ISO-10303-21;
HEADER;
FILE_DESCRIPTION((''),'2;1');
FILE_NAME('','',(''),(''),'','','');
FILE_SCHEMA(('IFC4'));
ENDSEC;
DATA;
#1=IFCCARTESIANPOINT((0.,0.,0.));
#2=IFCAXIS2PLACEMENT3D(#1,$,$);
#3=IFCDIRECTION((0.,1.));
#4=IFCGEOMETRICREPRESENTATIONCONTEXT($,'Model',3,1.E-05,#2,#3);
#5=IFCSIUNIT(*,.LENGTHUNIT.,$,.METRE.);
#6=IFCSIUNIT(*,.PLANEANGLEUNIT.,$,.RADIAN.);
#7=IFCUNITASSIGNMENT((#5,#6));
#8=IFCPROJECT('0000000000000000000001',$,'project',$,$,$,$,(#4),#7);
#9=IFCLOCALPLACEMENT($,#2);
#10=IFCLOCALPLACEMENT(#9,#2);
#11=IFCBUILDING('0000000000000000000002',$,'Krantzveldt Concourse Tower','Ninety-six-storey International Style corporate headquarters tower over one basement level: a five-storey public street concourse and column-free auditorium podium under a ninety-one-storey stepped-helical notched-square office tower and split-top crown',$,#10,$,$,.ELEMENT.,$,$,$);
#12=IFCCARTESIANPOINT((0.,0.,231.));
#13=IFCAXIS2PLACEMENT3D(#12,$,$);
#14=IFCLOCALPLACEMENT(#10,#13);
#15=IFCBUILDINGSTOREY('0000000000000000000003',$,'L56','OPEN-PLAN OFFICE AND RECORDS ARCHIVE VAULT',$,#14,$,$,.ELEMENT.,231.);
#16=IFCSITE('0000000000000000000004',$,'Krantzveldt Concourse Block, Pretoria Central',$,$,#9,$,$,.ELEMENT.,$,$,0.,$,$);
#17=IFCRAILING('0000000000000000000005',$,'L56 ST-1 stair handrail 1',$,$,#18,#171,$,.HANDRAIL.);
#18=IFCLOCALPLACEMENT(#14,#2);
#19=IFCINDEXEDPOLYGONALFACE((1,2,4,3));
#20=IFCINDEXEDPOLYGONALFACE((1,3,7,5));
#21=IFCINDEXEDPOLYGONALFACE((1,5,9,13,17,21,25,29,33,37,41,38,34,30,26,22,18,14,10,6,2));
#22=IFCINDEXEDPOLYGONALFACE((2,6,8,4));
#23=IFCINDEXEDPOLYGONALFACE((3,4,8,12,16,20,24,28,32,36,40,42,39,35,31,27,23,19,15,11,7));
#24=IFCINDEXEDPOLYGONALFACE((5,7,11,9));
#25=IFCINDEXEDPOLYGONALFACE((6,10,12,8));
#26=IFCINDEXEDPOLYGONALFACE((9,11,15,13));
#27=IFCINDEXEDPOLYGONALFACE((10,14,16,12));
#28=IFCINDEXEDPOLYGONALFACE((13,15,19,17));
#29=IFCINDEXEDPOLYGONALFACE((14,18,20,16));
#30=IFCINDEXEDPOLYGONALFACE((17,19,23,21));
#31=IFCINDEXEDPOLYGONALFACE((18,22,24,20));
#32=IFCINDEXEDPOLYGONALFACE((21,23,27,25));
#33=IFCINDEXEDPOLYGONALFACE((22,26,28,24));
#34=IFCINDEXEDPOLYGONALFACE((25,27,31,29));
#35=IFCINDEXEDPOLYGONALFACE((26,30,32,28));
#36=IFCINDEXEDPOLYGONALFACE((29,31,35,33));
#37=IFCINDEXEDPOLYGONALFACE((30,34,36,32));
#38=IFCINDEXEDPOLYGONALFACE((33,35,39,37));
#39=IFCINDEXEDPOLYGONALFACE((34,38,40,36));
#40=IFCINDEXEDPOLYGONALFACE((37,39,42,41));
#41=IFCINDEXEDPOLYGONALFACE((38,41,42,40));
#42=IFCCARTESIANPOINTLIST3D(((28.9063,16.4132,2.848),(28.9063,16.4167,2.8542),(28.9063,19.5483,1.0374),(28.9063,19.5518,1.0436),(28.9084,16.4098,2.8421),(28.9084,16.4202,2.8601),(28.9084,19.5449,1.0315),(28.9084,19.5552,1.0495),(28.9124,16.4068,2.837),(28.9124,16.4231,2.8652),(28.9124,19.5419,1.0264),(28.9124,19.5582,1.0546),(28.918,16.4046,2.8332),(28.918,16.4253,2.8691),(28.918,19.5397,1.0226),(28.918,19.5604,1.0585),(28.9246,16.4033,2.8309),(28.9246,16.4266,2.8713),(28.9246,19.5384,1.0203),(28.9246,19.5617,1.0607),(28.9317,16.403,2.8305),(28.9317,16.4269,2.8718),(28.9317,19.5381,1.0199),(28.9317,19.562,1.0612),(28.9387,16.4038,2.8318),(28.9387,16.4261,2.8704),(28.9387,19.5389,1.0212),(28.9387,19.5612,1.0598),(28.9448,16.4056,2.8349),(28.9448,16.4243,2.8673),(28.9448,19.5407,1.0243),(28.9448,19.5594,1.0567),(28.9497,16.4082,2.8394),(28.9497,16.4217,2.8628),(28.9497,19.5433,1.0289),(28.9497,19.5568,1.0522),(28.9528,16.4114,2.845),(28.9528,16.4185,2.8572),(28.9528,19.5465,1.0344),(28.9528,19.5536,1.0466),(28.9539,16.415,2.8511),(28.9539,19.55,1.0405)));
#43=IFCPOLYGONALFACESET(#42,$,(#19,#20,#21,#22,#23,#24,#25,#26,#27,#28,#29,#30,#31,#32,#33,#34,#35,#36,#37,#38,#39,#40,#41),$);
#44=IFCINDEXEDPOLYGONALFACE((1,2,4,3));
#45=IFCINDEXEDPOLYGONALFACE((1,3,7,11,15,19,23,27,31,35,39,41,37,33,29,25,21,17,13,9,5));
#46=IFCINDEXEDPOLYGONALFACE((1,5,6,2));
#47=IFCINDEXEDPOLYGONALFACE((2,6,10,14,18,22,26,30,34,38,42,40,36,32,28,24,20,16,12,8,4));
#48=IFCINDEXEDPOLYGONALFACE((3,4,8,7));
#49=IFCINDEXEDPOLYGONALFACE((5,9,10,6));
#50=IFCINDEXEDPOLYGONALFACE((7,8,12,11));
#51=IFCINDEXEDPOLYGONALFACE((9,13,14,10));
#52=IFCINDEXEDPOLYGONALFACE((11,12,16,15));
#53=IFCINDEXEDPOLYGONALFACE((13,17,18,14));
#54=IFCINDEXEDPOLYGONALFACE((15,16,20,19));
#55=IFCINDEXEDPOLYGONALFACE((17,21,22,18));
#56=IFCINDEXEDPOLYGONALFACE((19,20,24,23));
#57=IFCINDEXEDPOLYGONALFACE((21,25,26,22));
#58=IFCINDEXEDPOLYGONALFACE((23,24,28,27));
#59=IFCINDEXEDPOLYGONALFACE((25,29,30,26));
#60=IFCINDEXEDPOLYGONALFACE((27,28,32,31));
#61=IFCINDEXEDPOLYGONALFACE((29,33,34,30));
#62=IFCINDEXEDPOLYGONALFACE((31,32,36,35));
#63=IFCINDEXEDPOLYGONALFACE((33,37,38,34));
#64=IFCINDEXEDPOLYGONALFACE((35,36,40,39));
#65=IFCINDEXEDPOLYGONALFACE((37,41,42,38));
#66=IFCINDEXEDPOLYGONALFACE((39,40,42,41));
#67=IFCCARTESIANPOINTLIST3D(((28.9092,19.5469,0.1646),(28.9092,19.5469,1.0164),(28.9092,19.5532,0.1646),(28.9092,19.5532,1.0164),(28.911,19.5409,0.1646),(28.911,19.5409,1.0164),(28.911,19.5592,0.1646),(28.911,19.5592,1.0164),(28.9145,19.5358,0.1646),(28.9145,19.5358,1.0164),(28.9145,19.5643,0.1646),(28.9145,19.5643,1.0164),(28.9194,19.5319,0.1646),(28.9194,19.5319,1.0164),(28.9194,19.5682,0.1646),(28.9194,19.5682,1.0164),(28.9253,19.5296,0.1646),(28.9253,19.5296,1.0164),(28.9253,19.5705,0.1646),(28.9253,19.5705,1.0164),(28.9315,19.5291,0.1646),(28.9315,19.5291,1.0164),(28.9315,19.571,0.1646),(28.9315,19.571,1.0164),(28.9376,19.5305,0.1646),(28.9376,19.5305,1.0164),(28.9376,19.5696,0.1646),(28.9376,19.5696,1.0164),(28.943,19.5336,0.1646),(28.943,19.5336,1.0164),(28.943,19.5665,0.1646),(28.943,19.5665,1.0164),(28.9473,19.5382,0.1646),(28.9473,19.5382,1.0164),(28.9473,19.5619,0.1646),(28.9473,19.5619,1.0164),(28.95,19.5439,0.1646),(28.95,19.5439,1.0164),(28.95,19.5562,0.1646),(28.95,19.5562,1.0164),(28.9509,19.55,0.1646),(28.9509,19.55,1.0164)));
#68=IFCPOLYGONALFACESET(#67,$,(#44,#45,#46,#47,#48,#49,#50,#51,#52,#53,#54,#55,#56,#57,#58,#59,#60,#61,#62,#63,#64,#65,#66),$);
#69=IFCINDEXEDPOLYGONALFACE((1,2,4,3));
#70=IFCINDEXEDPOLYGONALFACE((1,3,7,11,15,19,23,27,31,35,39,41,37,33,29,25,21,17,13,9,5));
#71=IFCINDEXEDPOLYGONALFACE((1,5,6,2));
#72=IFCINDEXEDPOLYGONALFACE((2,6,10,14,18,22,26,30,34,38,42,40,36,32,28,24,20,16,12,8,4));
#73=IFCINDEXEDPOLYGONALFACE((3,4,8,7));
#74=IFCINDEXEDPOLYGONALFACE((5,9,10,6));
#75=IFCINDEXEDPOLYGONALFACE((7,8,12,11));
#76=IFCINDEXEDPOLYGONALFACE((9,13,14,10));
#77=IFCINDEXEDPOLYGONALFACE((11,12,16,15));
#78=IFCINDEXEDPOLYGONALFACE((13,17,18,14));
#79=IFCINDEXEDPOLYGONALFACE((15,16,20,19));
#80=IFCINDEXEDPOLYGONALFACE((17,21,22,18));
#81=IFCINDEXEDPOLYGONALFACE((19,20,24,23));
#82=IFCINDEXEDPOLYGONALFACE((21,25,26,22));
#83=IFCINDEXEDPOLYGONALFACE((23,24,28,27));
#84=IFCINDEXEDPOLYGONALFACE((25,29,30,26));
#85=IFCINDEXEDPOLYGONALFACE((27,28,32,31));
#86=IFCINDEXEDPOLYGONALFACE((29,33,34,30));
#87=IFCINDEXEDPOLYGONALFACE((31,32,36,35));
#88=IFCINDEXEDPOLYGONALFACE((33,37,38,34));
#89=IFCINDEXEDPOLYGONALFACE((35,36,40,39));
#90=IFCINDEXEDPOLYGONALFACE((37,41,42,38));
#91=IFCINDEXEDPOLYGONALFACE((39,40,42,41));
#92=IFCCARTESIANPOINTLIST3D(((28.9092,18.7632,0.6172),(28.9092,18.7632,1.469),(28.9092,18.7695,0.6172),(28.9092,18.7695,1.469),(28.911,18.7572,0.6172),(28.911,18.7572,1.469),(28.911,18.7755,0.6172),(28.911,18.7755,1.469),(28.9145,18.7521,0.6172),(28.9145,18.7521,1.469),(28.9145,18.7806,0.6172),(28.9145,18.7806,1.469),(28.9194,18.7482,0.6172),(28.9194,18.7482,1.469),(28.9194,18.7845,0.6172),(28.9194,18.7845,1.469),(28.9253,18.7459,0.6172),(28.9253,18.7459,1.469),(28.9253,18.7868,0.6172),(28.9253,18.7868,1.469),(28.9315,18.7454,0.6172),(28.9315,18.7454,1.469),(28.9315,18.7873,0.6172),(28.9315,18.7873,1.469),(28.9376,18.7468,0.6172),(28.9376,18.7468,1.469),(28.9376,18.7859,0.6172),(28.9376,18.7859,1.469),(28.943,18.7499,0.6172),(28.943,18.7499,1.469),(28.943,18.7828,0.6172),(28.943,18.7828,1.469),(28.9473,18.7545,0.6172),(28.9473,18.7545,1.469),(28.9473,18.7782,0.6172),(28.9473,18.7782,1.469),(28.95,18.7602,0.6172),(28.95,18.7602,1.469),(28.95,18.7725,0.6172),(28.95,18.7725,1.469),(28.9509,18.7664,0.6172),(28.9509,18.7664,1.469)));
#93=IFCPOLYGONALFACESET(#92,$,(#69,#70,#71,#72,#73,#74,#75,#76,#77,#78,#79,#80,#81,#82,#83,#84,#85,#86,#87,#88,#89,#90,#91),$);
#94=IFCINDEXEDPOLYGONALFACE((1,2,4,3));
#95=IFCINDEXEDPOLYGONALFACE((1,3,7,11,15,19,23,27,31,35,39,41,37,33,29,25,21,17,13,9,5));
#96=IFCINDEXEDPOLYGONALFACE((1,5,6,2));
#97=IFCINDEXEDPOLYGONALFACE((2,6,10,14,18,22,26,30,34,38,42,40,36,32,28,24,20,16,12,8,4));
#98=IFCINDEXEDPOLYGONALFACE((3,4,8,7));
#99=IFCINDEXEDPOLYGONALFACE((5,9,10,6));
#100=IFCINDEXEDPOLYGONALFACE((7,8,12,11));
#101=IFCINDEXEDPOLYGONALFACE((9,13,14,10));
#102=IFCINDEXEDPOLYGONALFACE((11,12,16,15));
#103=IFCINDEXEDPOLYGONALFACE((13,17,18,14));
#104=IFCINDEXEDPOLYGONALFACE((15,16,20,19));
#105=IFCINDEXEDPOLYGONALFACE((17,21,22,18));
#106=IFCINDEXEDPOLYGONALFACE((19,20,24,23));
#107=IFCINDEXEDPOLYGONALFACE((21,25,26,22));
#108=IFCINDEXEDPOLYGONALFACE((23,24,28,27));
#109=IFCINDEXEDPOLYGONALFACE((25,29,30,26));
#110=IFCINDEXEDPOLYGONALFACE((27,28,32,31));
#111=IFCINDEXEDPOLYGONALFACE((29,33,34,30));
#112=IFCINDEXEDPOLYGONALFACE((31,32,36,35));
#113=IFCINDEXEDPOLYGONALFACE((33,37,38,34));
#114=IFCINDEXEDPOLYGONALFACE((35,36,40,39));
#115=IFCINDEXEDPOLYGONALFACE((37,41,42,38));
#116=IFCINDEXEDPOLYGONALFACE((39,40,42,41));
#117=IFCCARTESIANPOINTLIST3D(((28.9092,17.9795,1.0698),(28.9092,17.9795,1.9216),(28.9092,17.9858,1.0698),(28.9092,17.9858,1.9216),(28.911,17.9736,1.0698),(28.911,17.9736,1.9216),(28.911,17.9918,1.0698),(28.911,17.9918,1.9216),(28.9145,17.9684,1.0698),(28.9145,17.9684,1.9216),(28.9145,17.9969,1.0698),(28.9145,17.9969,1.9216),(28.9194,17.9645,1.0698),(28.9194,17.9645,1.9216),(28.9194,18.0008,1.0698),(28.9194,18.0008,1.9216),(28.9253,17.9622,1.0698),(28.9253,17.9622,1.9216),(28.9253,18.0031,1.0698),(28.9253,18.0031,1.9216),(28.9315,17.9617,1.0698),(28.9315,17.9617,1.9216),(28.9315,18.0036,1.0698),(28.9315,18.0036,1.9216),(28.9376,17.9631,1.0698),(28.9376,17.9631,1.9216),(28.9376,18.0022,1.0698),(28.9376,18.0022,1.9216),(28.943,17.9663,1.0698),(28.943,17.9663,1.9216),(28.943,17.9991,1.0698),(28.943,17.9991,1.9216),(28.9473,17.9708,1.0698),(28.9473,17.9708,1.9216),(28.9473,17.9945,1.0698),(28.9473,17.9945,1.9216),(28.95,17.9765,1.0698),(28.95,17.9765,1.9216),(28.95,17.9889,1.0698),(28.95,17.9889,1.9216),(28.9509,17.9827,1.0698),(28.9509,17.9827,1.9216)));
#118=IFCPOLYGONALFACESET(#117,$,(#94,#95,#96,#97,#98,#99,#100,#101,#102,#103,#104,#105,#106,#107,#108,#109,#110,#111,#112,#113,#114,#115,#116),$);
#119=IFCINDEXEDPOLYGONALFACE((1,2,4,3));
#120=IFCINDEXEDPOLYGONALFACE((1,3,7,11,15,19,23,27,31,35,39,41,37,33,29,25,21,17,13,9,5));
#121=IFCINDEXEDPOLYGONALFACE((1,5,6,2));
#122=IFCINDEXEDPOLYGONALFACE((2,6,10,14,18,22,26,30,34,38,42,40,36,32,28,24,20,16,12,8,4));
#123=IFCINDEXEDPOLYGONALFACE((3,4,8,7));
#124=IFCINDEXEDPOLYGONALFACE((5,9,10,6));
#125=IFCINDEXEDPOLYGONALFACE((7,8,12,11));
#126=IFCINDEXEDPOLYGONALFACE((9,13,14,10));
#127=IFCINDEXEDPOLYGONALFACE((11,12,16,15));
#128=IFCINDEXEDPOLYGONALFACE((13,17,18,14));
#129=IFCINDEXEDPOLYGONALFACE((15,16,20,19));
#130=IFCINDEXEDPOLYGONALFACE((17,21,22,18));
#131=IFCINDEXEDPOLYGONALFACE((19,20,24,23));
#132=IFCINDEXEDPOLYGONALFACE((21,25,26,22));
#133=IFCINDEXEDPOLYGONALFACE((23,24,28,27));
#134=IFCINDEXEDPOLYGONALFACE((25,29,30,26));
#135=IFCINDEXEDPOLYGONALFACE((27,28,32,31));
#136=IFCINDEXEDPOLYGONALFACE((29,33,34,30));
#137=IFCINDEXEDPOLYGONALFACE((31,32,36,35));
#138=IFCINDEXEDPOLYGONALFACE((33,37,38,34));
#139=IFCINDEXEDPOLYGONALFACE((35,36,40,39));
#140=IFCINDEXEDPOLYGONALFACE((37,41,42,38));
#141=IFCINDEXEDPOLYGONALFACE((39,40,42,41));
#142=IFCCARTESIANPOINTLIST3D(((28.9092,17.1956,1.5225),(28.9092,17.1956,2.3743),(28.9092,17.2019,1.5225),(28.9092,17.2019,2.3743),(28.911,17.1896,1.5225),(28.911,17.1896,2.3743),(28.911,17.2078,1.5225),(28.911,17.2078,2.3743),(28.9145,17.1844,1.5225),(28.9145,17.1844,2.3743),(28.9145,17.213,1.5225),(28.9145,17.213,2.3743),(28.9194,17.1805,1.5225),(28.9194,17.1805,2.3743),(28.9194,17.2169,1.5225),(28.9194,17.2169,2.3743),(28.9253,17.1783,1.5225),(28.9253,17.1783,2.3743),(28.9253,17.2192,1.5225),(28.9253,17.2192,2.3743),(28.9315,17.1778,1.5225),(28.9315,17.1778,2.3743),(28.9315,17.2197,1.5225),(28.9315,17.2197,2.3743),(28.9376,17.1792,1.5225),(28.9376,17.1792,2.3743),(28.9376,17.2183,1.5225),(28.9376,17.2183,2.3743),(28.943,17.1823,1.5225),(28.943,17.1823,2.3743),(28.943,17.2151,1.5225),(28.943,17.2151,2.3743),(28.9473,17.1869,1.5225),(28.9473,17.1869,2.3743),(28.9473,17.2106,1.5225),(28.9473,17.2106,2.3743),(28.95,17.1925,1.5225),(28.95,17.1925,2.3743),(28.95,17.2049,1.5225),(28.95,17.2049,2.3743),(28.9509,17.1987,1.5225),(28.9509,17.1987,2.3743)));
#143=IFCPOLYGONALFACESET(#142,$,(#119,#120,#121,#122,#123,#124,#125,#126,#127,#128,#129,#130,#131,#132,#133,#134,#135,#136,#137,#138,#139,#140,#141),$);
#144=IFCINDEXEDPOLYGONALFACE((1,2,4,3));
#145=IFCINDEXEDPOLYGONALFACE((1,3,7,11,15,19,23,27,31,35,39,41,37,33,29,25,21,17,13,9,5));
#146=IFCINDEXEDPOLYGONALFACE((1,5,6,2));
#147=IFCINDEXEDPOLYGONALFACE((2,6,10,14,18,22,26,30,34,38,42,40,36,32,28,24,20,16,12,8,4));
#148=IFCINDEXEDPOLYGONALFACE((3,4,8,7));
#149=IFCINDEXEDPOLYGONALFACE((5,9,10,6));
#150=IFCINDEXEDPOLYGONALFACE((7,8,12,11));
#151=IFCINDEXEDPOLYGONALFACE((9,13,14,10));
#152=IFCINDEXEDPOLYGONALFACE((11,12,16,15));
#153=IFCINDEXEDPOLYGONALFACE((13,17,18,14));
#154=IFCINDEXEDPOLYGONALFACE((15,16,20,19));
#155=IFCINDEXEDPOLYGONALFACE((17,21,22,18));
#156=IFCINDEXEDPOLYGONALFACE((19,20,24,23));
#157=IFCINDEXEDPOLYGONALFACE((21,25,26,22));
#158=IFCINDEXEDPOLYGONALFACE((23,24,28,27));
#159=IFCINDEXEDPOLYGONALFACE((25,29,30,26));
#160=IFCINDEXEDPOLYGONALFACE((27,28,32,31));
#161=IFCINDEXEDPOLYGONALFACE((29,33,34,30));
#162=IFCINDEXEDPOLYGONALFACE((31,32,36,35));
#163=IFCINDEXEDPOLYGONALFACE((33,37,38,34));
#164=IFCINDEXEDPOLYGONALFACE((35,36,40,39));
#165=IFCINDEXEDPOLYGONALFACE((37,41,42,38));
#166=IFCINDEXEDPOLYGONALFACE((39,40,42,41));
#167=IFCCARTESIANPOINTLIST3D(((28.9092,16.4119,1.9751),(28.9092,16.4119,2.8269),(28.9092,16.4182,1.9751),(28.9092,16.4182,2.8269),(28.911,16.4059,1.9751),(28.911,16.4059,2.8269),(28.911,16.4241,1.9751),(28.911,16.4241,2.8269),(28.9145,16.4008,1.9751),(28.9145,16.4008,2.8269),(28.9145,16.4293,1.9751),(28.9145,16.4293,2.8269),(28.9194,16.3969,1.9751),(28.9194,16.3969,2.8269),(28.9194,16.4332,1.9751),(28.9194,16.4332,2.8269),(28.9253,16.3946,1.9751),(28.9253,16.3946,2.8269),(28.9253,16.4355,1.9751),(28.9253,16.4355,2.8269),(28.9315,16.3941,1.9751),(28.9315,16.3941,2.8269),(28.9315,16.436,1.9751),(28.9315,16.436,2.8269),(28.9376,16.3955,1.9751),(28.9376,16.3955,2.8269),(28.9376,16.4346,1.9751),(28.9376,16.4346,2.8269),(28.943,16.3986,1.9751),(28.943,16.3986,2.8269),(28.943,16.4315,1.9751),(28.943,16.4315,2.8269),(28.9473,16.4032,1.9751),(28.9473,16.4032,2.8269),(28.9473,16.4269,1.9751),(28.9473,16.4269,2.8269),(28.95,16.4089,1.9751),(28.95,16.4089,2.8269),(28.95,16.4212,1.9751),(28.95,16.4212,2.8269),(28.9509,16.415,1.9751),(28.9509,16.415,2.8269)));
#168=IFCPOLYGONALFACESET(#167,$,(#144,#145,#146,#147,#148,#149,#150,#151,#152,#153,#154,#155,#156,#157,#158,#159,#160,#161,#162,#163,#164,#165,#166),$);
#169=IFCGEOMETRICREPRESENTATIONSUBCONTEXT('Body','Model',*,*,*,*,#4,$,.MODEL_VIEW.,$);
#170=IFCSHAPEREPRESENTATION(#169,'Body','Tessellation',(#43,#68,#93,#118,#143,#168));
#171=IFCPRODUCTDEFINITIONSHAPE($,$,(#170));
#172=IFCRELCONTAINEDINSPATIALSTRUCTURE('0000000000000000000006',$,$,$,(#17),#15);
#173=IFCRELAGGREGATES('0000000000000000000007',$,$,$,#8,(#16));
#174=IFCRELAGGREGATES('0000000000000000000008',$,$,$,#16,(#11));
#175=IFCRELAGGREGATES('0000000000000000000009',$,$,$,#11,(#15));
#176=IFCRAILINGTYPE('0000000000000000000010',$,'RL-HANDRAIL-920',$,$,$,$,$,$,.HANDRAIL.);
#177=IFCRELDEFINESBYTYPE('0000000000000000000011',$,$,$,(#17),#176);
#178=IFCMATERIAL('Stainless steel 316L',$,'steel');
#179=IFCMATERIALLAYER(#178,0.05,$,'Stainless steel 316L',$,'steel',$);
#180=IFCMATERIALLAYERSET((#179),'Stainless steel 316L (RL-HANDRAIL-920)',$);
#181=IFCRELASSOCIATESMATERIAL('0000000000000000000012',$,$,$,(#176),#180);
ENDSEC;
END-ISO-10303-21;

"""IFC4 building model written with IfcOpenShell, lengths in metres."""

from ifc_helpers import new_model, si_unit, direction, frame, origin, origin_2d, place, context, subcontext, project, spatial, circle, extrude, material, layer, layer_set, type_object, element, save


model = new_model("IFC4")

# Units and contexts
model_context = context("Model", 3, precision=1e-05, world=origin(), true_north=direction((0.0, 1.0)))
body_context = subcontext(model_context, "Body", "Model", "MODEL_VIEW")
ifc_project = project(units=[si_unit("LENGTHUNIT", "METRE"), si_unit("PLANEANGLEUNIT", "RADIAN")], contexts=[model_context])

# Site, building, storey
site_placement = place(None, origin())
site = spatial("IfcSite", under=ifc_project, at=site_placement, Name="Krantzveldt Concourse Block, Pretoria Central", CompositionType="ELEMENT", RefElevation=0.0)
building_placement = place(site_placement, origin())
building = spatial("IfcBuilding", under=site, at=building_placement, Name="Krantzveldt Concourse Tower", Description="Ninety-six-storey International Style corporate headquarters tower over one basement level: a five-storey public street concourse and column-free auditorium podium under a ninety-one-storey stepped-helical notched-square office tower and split-top crown", CompositionType="ELEMENT")
storey_placement = place(building_placement, frame((0.0, 0.0, 231.0)))
storey = spatial("IfcBuildingStorey", under=building, at=storey_placement, Name="L56", Description="OPEN-PLAN OFFICE AND RECORDS ARCHIVE VAULT", CompositionType="ELEMENT", Elevation=231.0)

# Shared definitions
ifc_material_1 = material(Name="Stainless steel 316L", Category="steel")

# Railing
ifc_layer_1 = layer(ifc_material_1, 0.05, Name="Stainless steel 316L", Category="steel")
ifc_layer_set_1 = layer_set([ifc_layer_1], Name="Stainless steel 316L (RL-HANDRAIL-920)")
railing_type_1 = type_object("IfcRailingType", Name="RL-HANDRAIL-920", PredefinedType="HANDRAIL", material=ifc_layer_set_1)
railing_1_placement = place(storey_placement, frame((28.9299, 19.55, 0.1646)))
element("IfcRailing", 1, at=railing_1_placement, inside=storey, type_object=railing_type_1, Name="L56 ST-1 stair handrail 1", PredefinedType="HANDRAIL", context=body_context, shape_type="SweptSolid", body=[
    extrude(circle(Radius=0.0239, at=origin_2d()), frame((0.0, 0.0, 0.876), z_axis=(0.0, -0.86596, 0.500114), x_axis=(1.0, 0.0, 0.0)), (0.0, 0.0, 1.0), 3.6204),
    extrude(circle(Radius=0.021, at=origin_2d()), origin(), (0.0, 0.0, 1.0), 0.8518),
    extrude(circle(Radius=0.021, at=origin_2d()), frame((0.0, -0.7837, 0.4526)), (0.0, 0.0, 1.0), 0.8518),
    extrude(circle(Radius=0.021, at=origin_2d()), frame((0.0, -1.5674, 0.9053)), (0.0, 0.0, 1.0), 0.8518),
    extrude(circle(Radius=0.021, at=origin_2d()), frame((0.0, -2.3513, 1.3579)), (0.0, 0.0, 1.0), 0.8518),
    extrude(circle(Radius=0.021, at=origin_2d()), frame((0.0, -3.135, 1.8105)), (0.0, 0.0, 1.0), 0.8518),
])

save(model, "model.ifc")
